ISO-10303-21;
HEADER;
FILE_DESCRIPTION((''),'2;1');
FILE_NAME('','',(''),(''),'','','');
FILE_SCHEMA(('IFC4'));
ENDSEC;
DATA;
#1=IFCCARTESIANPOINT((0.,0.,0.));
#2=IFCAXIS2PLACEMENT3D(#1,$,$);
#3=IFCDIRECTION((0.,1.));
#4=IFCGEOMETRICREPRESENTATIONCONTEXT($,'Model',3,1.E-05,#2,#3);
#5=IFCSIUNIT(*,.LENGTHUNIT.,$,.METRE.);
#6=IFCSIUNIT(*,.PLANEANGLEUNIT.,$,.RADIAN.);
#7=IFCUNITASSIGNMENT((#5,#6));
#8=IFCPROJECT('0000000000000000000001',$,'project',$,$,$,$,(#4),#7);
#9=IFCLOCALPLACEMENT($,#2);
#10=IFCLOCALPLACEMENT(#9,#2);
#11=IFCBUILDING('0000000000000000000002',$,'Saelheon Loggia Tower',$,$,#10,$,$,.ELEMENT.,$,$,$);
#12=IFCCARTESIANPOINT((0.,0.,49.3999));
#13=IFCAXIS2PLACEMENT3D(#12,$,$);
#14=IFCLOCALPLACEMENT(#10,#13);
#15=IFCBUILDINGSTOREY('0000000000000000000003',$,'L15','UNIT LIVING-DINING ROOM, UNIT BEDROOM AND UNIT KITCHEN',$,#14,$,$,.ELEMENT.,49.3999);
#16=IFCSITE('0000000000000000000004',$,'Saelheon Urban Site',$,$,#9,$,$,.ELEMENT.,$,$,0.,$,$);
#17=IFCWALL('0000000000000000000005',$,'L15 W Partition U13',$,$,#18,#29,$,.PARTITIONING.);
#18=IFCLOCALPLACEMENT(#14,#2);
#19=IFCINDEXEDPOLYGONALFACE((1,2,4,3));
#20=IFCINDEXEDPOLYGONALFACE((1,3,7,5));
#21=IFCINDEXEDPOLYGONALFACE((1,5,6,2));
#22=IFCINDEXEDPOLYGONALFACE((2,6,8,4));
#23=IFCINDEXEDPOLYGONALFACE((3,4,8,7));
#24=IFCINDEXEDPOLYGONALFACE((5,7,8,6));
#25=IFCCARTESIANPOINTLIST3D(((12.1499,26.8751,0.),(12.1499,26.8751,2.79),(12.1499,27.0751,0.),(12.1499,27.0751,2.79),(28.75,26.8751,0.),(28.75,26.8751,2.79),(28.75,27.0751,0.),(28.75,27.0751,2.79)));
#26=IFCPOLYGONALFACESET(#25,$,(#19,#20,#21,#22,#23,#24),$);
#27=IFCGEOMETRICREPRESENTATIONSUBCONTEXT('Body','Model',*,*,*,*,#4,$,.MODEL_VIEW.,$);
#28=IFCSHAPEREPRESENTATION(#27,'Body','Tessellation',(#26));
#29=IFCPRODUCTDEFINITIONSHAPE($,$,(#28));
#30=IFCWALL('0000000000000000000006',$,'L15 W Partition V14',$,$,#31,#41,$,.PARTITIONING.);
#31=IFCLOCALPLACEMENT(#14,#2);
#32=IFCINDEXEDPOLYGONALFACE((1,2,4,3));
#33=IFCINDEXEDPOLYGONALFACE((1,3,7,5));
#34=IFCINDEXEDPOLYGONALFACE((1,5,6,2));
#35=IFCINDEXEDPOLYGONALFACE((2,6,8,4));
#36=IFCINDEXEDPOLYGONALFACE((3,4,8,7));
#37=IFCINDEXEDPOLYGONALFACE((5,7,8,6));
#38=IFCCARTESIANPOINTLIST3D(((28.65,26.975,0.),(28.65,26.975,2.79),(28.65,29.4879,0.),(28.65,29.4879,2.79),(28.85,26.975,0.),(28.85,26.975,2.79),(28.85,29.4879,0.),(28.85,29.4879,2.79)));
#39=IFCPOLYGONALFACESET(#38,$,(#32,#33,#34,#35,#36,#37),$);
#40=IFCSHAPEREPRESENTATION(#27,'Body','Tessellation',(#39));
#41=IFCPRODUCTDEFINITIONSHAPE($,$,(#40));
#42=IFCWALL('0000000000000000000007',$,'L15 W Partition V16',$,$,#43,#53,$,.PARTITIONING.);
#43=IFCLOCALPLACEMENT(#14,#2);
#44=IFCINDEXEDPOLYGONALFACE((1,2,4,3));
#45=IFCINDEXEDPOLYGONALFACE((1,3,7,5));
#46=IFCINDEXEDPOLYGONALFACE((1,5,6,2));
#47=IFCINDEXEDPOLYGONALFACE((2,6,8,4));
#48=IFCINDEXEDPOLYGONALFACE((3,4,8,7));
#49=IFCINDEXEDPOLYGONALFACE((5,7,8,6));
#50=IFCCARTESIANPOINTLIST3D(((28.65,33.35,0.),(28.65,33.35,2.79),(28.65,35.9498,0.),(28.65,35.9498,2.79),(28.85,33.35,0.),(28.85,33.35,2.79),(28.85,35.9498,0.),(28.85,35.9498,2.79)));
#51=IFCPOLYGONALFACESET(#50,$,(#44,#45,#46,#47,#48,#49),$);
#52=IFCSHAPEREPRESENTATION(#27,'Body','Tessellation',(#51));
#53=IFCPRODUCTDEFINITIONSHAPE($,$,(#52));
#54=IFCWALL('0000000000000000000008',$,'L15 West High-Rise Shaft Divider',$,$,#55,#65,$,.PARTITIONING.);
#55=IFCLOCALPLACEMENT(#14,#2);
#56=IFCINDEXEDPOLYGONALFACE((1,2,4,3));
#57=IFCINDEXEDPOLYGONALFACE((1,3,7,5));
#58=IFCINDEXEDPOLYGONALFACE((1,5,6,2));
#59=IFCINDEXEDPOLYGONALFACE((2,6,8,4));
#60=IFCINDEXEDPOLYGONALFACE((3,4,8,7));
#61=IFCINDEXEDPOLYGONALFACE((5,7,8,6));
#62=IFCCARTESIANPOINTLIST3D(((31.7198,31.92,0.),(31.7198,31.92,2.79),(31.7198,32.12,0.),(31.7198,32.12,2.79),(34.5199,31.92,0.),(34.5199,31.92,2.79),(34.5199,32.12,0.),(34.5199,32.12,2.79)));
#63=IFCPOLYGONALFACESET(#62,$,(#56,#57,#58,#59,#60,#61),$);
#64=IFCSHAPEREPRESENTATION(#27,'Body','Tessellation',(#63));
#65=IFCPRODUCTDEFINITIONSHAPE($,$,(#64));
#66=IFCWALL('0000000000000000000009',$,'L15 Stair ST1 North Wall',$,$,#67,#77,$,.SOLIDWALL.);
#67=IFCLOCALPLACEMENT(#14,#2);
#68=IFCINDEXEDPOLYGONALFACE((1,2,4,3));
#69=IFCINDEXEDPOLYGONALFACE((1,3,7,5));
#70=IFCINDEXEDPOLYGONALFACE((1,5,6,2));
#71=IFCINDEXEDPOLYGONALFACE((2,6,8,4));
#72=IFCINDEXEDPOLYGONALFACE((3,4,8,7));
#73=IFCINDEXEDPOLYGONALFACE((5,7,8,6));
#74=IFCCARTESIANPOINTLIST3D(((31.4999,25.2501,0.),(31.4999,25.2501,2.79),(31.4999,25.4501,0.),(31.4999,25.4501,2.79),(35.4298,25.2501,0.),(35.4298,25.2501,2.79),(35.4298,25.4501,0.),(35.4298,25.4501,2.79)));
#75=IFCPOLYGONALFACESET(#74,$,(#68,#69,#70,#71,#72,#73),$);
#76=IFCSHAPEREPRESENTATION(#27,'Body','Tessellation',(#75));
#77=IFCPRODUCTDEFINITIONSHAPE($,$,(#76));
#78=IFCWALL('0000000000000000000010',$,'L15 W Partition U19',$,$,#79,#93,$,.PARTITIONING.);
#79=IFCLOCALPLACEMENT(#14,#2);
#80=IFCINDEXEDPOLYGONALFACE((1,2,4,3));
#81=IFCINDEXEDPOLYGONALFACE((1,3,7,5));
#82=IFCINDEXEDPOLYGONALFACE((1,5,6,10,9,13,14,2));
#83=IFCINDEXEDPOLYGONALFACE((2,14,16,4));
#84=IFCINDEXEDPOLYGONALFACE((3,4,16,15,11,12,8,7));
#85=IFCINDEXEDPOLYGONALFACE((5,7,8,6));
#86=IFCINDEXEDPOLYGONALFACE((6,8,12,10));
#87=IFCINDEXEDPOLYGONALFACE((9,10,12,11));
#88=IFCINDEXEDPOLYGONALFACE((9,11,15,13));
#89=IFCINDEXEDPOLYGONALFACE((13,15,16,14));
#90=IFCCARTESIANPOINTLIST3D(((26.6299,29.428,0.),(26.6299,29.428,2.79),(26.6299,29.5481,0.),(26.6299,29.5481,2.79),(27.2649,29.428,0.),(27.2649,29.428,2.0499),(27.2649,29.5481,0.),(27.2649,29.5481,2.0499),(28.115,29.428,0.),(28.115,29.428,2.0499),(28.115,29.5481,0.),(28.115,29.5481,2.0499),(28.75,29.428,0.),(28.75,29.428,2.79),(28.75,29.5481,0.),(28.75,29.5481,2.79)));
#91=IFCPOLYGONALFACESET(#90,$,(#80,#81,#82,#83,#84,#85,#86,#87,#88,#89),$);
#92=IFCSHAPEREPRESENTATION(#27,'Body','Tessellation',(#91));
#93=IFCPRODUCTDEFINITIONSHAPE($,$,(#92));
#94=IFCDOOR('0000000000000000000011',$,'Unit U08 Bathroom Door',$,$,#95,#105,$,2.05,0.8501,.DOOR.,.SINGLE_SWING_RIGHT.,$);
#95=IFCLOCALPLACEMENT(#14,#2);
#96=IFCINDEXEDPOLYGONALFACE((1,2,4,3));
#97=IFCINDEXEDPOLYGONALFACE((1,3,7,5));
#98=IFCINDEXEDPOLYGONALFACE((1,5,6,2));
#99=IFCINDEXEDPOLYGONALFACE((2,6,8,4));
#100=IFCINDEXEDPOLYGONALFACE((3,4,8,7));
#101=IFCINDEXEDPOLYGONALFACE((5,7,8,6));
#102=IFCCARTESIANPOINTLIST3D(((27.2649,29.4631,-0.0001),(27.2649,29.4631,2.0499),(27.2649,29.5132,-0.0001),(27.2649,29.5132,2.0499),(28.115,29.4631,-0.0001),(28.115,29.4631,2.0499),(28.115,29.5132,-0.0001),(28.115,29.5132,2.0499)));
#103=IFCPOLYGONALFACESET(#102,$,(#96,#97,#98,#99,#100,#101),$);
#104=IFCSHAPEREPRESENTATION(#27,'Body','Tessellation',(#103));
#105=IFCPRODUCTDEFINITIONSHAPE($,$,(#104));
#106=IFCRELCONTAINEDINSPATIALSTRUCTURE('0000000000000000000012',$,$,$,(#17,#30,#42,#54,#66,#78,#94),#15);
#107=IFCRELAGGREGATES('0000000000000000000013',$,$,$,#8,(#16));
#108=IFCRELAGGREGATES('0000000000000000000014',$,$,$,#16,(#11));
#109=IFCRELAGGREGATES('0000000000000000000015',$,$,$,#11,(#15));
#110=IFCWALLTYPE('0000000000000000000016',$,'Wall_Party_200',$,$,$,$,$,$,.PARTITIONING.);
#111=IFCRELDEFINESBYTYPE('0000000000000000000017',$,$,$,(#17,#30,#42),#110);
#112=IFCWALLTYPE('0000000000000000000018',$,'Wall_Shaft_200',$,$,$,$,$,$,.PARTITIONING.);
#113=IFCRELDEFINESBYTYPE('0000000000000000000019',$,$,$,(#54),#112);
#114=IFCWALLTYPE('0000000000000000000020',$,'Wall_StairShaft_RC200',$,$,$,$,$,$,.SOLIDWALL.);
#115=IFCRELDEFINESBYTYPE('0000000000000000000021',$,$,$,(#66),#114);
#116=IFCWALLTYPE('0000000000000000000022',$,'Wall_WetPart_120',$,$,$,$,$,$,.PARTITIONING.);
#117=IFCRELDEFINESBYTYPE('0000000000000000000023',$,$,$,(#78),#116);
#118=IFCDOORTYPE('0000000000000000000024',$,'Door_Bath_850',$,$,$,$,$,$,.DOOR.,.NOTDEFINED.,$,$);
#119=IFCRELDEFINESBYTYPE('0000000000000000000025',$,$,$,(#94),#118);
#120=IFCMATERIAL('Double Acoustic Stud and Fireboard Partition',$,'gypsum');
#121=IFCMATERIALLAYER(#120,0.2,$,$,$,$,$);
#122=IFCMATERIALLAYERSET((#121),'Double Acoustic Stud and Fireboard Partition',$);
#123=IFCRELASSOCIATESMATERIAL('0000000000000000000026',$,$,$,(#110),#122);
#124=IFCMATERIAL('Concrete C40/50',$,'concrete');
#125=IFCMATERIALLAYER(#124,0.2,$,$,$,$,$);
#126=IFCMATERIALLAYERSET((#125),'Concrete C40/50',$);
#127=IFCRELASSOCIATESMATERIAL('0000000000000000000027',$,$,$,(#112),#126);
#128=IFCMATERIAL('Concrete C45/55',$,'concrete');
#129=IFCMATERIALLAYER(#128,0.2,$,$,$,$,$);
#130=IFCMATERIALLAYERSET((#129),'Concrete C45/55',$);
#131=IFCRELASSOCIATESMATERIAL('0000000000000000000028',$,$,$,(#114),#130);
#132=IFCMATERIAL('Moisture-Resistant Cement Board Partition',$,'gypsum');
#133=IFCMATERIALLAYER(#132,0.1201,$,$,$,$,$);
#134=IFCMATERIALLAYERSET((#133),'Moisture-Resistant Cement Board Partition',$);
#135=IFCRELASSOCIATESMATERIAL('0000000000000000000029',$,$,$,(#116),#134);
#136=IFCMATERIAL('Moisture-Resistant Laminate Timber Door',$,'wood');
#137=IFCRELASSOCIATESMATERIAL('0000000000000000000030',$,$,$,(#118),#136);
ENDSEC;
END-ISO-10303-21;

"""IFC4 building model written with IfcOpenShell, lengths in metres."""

from ifc_helpers import new_model, si_unit, direction, frame, frame_2d, origin, place, context, subcontext, project, spatial, rectangle, extrude, source, transform, mapped, material, layer, layer_set, type_object, element, fill, save


model = new_model("IFC4")

# Units and contexts
model_context = context("Model", 3, precision=1e-05, world=origin(), true_north=direction((0.0, 1.0)))
body_context = subcontext(model_context, "Body", "Model", "MODEL_VIEW")
ifc_project = project(units=[si_unit("LENGTHUNIT", "METRE"), si_unit("PLANEANGLEUNIT", "RADIAN")], contexts=[model_context])

# Site, building, storey
site_placement = place(None, origin())
site = spatial("IfcSite", under=ifc_project, at=site_placement, Name="Saelheon Urban Site", CompositionType="ELEMENT", RefElevation=0.0)
building_placement = place(site_placement, origin())
building = spatial("IfcBuilding", under=site, at=building_placement, Name="Saelheon Loggia Tower", CompositionType="ELEMENT")
storey_placement = place(building_placement, frame((0.0, 0.0, 49.3999)))
storey = spatial("IfcBuildingStorey", under=building, at=storey_placement, Name="L15", Description="UNIT LIVING-DINING ROOM, UNIT BEDROOM AND UNIT KITCHEN", CompositionType="ELEMENT", Elevation=49.3999)

# Shared definitions
ifc_material_1 = material(Name="Concrete C45/55", Category="concrete")

# Walls
ifc_material_2 = material(Name="Double Acoustic Stud and Fireboard Partition", Category="gypsum")
ifc_layer_1 = layer(ifc_material_2, 0.2)
ifc_layer_set_1 = layer_set([ifc_layer_1], Name="Double Acoustic Stud and Fireboard Partition")
wall_type_1 = type_object("IfcWallType", Name="Wall_Party_200", PredefinedType="PARTITIONING", material=ifc_layer_set_1)
wall_1_placement = place(storey_placement, frame((28.75, 26.9751, 0.0), z_axis=(0.0, 0.0, 1.0), x_axis=(-1.0, 0.0, 0.0)))
element("IfcWall", 1, at=wall_1_placement, inside=storey, type_object=wall_type_1, Name="L15 W Partition U13", PredefinedType="PARTITIONING", context=body_context, shape_type="SweptSolid", body=[
    extrude(rectangle(XDim=16.6001, YDim=0.2, at=frame_2d((8.3, 0.0))), origin(), (0.0, 0.0, 1.0), 2.79),
])
wall_2_placement = place(storey_placement, frame((28.75, 26.9751, 0.0), z_axis=(0.0, 0.0, 1.0), x_axis=(0.0, 1.0, 0.0)))
element("IfcWall", 2, at=wall_2_placement, inside=storey, type_object=wall_type_1, Name="L15 W Partition V14", PredefinedType="PARTITIONING", context=body_context, shape_type="SweptSolid", body=[
    extrude(rectangle(XDim=2.5129, YDim=0.2, at=frame_2d((1.2563, 0.0))), origin(), (0.0, 0.0, 1.0), 2.79),
])

# Walls
wall_3_placement = place(storey_placement, frame((28.75, 33.3501, 0.0), z_axis=(0.0, 0.0, 1.0), x_axis=(0.0, 1.0, 0.0)))
element("IfcWall", 3, at=wall_3_placement, inside=storey, type_object=wall_type_1, Name="L15 W Partition V16", PredefinedType="PARTITIONING", context=body_context, shape_type="SweptSolid", body=[
    extrude(rectangle(XDim=2.5999, YDim=0.2, at=frame_2d((1.2998, 0.0))), origin(), (0.0, 0.0, 1.0), 2.79),
])
ifc_material_3 = material(Name="Concrete C40/50", Category="concrete")
ifc_layer_2 = layer(ifc_material_3, 0.2)
ifc_layer_set_2 = layer_set([ifc_layer_2], Name="Concrete C40/50")
wall_type_2 = type_object("IfcWallType", Name="Wall_Shaft_200", PredefinedType="PARTITIONING", material=ifc_layer_set_2)
wall_4_placement = place(storey_placement, frame((31.72, 32.02, 0.0), z_axis=(0.0, 0.0, 1.0), x_axis=(1.0, 0.0, 0.0)))
element("IfcWall", 4, at=wall_4_placement, inside=storey, type_object=wall_type_2, Name="L15 West High-Rise Shaft Divider", PredefinedType="PARTITIONING", context=body_context, shape_type="SweptSolid", body=[
    extrude(rectangle(XDim=2.8, YDim=0.2, at=frame_2d((1.3999, 0.0))), origin(), (0.0, 0.0, 1.0), 2.79),
])
ifc_layer_3 = layer(ifc_material_1, 0.2)
ifc_layer_set_3 = layer_set([ifc_layer_3], Name="Concrete C45/55")
wall_type_3 = type_object("IfcWallType", Name="Wall_StairShaft_RC200", PredefinedType="SOLIDWALL", material=ifc_layer_set_3)
wall_5_placement = place(storey_placement, frame((31.5, 25.3501, 0.0), z_axis=(0.0, 0.0, 1.0), x_axis=(1.0, 0.0, 0.0)))
element("IfcWall", 5, at=wall_5_placement, inside=storey, type_object=wall_type_3, Name="L15 Stair ST1 North Wall", PredefinedType="SOLIDWALL", context=body_context, shape_type="SweptSolid", body=[
    extrude(rectangle(XDim=3.9299, YDim=0.2, at=frame_2d((1.9648, 0.0))), origin(), (0.0, 0.0, 1.0), 2.79),
])

# Wall, opening, door
ifc_material_4 = material(Name="Moisture-Resistant Cement Board Partition", Category="gypsum")
ifc_layer_4 = layer(ifc_material_4, 0.1201)
ifc_layer_set_4 = layer_set([ifc_layer_4], Name="Moisture-Resistant Cement Board Partition")
wall_type_4 = type_object("IfcWallType", Name="Wall_WetPart_120", PredefinedType="PARTITIONING", material=ifc_layer_set_4)
wall_6_placement = place(storey_placement, frame((28.75, 29.488, 0.0), z_axis=(0.0, 0.0, 1.0), x_axis=(-1.0, 0.0, 0.0)))
wall_6 = element("IfcWall", 6, at=wall_6_placement, inside=storey, type_object=wall_type_4, Name="L15 W Partition U19", PredefinedType="PARTITIONING", context=body_context, shape_type="SweptSolid", body=[
    extrude(rectangle(XDim=2.1201, YDim=0.1201, at=frame_2d((1.0601, 0.0))), origin(), (0.0, 0.0, 1.0), 2.79),
])
opening_1_placement = place(wall_6_placement, frame((0.635, 0.0, 0.0)))
opening_1 = element("IfcOpeningElement", 7, at=opening_1_placement, cuts=wall_6, PredefinedType="OPENING", context=body_context, shape_type="SweptSolid", body=[
    extrude(rectangle(XDim=0.8501, YDim=2.05, at=frame_2d((0.425, 1.0249))), frame((0.0, 0.072, 0.0), z_axis=(0.0, -1.0, 0.0), x_axis=(1.0, 0.0, 0.0)), (0.0, 0.0, 1.0), 0.144),
])
ifc_material_5 = material(Name="Moisture-Resistant Laminate Timber Door", Category="wood")
door_type_1 = type_object("IfcDoorType", Name="Door_Bath_850", OperationType="NOTDEFINED", PredefinedType="DOOR", material=ifc_material_5)
shared_shape_1 = source(origin(), body_context, "Body", "SweptSolid", [
    extrude(rectangle(XDim=0.8501, YDim=2.05, at=frame_2d((0.425, 1.0249))), frame((0.0, 0.0249, 0.0), z_axis=(0.0, -1.0, 0.0), x_axis=(1.0, 0.0, 0.0)), (0.0, 0.0, 1.0), 0.05),
])
door_1_placement = place(opening_1_placement, origin())
door_1 = element("IfcDoor", 8, at=door_1_placement, inside=storey, type_object=door_type_1, Name="Unit U08 Bathroom Door", OperationType="SINGLE_SWING_RIGHT", OverallHeight=2.05, OverallWidth=0.8501, PredefinedType="DOOR", context=body_context, shape_type="MappedRepresentation", body=[
    mapped(shared_shape_1, transform((0.0, 0.0, 0.0), scale=1.0)),
])
fill(opening_1, door_1)

save(model, "model.ifc")
